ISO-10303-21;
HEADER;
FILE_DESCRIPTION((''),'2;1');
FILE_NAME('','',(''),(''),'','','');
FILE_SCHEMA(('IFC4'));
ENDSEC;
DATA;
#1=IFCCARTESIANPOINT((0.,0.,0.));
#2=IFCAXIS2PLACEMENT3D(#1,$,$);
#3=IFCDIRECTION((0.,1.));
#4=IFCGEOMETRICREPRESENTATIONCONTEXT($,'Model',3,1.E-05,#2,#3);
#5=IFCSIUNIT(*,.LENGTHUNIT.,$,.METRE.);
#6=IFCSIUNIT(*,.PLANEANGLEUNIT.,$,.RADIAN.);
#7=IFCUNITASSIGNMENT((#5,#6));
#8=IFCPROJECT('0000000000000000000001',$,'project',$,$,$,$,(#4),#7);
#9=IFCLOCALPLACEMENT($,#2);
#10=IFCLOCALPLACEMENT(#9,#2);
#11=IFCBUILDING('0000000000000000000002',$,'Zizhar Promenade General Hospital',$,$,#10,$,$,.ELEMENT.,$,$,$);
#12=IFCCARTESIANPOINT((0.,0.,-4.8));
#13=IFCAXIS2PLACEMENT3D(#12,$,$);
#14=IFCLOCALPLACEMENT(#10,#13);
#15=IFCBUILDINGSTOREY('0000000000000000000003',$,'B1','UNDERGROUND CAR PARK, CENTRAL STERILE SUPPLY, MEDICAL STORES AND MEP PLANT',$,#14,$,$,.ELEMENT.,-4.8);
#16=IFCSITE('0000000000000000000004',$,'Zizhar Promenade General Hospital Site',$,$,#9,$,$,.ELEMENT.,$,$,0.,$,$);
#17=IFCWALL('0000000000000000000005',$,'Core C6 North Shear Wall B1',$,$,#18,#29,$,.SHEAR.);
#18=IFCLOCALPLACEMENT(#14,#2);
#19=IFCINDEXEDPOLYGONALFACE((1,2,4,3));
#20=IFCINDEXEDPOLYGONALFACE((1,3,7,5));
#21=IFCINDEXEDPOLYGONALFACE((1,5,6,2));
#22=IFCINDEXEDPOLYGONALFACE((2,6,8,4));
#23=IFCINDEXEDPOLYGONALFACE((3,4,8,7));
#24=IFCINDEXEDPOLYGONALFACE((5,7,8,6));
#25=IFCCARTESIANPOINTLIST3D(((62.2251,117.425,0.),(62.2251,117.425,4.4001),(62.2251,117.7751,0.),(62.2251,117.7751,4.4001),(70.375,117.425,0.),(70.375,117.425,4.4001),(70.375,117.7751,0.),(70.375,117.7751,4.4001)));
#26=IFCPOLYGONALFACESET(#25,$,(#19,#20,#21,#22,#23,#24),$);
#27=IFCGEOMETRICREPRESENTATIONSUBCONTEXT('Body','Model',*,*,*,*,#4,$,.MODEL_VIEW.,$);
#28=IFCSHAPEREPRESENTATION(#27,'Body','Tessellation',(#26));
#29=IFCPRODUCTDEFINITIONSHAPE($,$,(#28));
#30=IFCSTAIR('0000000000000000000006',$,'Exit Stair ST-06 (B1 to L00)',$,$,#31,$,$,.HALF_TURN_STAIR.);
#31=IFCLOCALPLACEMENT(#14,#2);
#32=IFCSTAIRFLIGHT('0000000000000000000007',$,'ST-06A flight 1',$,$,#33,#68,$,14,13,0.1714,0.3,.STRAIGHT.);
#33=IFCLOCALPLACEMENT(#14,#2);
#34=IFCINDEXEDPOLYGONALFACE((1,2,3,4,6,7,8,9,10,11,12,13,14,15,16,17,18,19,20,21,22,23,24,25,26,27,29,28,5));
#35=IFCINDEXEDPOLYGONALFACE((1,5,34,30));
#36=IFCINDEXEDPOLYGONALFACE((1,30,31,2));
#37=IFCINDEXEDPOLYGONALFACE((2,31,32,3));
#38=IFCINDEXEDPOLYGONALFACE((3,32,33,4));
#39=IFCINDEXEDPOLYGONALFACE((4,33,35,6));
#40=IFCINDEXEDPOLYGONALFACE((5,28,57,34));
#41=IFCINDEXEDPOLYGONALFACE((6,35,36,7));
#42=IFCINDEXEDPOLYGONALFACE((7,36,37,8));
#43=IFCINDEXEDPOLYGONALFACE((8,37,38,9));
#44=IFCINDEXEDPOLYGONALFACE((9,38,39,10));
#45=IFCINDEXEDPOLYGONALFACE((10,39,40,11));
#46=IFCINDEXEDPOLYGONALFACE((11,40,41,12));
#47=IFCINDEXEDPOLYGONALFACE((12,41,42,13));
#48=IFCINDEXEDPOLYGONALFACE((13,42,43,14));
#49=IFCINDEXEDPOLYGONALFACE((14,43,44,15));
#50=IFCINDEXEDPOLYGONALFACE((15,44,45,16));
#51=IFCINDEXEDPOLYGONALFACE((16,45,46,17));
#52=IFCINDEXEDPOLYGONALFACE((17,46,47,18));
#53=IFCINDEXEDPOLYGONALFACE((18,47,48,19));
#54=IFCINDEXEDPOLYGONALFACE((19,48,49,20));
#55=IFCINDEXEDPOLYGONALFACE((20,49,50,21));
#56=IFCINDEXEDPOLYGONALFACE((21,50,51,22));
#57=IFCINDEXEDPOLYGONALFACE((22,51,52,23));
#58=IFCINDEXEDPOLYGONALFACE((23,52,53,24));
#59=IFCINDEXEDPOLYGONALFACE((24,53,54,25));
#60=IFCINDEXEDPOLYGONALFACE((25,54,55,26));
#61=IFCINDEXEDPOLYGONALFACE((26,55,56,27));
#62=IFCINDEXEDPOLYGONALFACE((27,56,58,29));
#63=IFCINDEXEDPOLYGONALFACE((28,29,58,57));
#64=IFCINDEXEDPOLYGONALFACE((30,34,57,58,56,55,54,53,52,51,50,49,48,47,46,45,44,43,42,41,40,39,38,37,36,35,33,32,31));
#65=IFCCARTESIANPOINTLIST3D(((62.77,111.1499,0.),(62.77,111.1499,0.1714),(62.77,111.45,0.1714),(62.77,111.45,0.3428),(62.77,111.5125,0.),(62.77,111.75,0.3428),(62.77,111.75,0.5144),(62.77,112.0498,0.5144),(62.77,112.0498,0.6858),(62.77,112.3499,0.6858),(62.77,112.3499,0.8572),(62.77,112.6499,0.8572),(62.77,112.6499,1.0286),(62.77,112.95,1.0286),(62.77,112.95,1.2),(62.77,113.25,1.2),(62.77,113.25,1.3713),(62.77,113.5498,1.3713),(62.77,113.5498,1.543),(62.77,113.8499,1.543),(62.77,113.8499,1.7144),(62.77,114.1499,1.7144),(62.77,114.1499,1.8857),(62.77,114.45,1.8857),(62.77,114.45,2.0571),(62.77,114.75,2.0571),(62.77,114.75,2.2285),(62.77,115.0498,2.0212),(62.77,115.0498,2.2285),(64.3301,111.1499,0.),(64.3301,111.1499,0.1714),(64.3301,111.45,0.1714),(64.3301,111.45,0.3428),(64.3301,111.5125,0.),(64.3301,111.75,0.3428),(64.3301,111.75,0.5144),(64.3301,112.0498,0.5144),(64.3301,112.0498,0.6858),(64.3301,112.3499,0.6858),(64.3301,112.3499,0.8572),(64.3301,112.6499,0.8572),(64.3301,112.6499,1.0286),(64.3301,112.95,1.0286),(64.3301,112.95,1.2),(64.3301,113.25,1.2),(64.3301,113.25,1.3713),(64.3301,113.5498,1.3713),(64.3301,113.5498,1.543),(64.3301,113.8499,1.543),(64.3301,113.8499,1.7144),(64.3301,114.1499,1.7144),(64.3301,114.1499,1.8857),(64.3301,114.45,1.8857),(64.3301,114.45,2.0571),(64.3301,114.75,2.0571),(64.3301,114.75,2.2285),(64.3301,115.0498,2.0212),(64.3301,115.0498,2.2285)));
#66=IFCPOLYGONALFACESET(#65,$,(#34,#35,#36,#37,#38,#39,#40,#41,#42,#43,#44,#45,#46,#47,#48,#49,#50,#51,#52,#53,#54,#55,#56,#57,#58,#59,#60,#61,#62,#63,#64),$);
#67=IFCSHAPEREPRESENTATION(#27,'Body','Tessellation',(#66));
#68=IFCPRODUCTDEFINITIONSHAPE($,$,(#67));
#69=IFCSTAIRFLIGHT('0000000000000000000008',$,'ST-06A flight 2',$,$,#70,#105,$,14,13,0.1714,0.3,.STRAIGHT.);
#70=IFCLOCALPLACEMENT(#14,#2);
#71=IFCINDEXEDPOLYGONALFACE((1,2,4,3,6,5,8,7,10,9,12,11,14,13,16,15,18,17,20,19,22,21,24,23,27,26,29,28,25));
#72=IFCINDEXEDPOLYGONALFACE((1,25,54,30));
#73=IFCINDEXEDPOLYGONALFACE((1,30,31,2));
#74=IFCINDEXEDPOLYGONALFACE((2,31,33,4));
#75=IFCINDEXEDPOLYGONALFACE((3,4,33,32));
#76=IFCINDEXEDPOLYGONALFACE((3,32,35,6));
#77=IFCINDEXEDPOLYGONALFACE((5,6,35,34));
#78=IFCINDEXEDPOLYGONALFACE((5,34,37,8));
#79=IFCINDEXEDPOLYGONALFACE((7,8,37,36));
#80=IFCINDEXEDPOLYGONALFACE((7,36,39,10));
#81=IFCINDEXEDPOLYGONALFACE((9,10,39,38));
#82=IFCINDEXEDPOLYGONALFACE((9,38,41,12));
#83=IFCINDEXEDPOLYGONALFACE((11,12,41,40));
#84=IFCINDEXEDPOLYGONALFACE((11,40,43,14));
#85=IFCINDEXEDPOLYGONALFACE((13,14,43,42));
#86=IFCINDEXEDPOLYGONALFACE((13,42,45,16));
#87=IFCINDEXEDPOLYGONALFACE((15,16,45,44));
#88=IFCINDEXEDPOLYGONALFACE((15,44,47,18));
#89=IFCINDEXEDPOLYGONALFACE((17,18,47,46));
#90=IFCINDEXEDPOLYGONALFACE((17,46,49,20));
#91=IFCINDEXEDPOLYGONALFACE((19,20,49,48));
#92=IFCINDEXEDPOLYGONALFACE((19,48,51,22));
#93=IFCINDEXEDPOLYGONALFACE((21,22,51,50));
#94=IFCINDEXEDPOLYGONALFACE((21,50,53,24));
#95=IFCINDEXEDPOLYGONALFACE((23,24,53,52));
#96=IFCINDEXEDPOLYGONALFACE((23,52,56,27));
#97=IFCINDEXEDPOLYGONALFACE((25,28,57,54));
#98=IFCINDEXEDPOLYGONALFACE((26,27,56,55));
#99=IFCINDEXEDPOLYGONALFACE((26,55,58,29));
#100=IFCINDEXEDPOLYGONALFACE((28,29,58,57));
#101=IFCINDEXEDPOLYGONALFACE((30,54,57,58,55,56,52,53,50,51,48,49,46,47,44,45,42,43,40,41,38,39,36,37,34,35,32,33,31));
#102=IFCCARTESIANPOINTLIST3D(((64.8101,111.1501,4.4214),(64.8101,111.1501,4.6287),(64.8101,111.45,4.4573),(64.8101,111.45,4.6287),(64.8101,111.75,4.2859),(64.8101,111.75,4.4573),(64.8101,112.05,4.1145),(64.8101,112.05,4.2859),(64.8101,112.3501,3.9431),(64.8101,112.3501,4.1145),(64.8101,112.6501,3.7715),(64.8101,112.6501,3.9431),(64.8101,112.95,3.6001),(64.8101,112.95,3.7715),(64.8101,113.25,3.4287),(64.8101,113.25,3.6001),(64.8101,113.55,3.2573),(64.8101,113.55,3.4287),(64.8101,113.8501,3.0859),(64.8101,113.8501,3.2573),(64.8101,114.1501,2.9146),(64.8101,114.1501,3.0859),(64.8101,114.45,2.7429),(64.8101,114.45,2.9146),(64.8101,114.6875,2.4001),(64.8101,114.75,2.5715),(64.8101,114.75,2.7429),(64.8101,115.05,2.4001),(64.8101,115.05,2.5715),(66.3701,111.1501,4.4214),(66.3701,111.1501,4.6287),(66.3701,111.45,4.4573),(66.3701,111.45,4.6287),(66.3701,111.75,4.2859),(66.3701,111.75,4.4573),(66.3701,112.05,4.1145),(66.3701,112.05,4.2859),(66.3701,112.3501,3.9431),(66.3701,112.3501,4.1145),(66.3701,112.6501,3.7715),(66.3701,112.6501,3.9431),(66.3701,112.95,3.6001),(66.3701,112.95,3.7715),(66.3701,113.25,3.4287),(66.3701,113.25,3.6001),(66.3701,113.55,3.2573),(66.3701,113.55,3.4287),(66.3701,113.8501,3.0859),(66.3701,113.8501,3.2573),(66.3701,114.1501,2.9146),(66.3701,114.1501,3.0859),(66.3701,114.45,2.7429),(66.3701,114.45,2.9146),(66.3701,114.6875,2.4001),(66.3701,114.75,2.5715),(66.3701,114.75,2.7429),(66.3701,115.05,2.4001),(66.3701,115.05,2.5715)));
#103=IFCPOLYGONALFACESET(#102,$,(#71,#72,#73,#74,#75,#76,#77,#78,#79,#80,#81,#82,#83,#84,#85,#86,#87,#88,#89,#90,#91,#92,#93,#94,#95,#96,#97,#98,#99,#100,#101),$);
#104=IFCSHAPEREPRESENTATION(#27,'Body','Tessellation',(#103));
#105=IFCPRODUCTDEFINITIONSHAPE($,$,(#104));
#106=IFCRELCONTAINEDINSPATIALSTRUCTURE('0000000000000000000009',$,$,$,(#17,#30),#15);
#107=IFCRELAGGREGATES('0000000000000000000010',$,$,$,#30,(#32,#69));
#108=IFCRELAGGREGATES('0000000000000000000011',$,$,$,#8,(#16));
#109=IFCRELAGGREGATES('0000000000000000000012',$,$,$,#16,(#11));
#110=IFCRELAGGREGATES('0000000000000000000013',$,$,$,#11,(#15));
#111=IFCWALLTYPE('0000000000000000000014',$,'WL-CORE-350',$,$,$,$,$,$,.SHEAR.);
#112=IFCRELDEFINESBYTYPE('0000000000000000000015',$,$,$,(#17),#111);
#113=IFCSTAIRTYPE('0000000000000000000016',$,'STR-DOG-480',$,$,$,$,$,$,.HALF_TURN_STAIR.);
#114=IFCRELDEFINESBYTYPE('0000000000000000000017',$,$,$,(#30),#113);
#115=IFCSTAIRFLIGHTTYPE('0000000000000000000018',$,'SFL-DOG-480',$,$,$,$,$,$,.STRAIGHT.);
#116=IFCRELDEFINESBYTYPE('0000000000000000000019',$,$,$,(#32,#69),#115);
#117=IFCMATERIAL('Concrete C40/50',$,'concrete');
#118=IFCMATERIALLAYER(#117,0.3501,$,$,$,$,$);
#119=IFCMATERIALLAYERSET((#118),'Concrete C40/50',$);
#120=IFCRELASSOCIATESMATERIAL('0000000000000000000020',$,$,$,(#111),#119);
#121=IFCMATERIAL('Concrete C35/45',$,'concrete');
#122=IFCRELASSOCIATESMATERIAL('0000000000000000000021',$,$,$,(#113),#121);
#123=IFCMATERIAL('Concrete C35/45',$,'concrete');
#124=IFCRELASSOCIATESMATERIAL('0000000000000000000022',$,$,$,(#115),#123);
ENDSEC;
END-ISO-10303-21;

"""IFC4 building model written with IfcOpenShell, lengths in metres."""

from ifc_helpers import new_model, si_unit, direction, frame, frame_2d, origin, place, context, subcontext, project, spatial, polyline, rectangle, outline, extrude, material, layer, layer_set, type_object, element, aggregate, save


model = new_model("IFC4")

# Units and contexts
model_context = context("Model", 3, precision=1e-05, world=origin(), true_north=direction((0.0, 1.0)))
body_context = subcontext(model_context, "Body", "Model", "MODEL_VIEW")
ifc_project = project(units=[si_unit("LENGTHUNIT", "METRE"), si_unit("PLANEANGLEUNIT", "RADIAN")], contexts=[model_context])

# Site, building, storey
site_placement = place(None, origin())
site = spatial("IfcSite", under=ifc_project, at=site_placement, Name="Zizhar Promenade General Hospital Site", CompositionType="ELEMENT", RefElevation=0.0)
building_placement = place(site_placement, origin())
building = spatial("IfcBuilding", under=site, at=building_placement, Name="Zizhar Promenade General Hospital", CompositionType="ELEMENT")
storey_placement = place(building_placement, frame((0.0, 0.0, -4.8)))
storey = spatial("IfcBuildingStorey", under=building, at=storey_placement, Name="B1", Description="UNDERGROUND CAR PARK, CENTRAL STERILE SUPPLY, MEDICAL STORES AND MEP PLANT", CompositionType="ELEMENT", Elevation=-4.8)

# Wall
ifc_material_1 = material(Name="Concrete C40/50", Category="concrete")
ifc_layer_1 = layer(ifc_material_1, 0.3501)
ifc_layer_set_1 = layer_set([ifc_layer_1], Name="Concrete C40/50")
wall_type_1 = type_object("IfcWallType", Name="WL-CORE-350", PredefinedType="SHEAR", material=ifc_layer_set_1)
wall_1_placement = place(storey_placement, frame((62.2251, 117.6001, 0.0), z_axis=(0.0, 0.0, 1.0), x_axis=(1.0, 0.0, 0.0)))
element("IfcWall", 1, at=wall_1_placement, inside=storey, type_object=wall_type_1, Name="Core C6 North Shear Wall B1", PredefinedType="SHEAR", context=body_context, shape_type="SweptSolid", body=[
    extrude(rectangle(XDim=8.1499, YDim=0.3501, at=frame_2d((4.075, 0.0))), origin(), (0.0, 0.0, 1.0), 4.4001),
])

# Stair, stair flights
ifc_material_2 = material(Name="Concrete C35/45", Category="concrete")
stair_type = type_object("IfcStairType", Name="STR-DOG-480", PredefinedType="HALF_TURN_STAIR", material=ifc_material_2)
stair_placement = place(storey_placement, origin())
stair = element("IfcStair", 2, at=stair_placement, inside=storey, type_object=stair_type, Name="Exit Stair ST-06 (B1 to L00)", PredefinedType="HALF_TURN_STAIR")
ifc_material_3 = material(Name="Concrete C35/45", Category="concrete")
stair_flight_type = type_object("IfcStairFlightType", Name="SFL-DOG-480", PredefinedType="STRAIGHT", material=ifc_material_3)
stair_flight_1_placement = place(storey_placement, frame((63.55, 111.1499, 0.0), z_axis=(0.0, 0.0, 1.0), x_axis=(0.0, 1.0, 0.0)))
stair_flight_1 = element("IfcStairFlight", 3, at=stair_flight_1_placement, type_object=stair_flight_type, Name="ST-06A flight 1", NumberOfRisers=14, NumberOfTreads=13, PredefinedType="STRAIGHT", RiserHeight=0.1714, TreadLength=0.3, context=body_context, shape_type="SweptSolid", body=[
    extrude(outline(polyline([(0.0, 0.0), (0.0, 0.1714), (0.3, 0.1714), (0.3, 0.3428), (0.6001, 0.3428), (0.6001, 0.5144), (0.8999, 0.5144), (0.8999, 0.6858), (1.2, 0.6858), (1.2, 0.8572), (1.5, 0.8572), (1.5, 1.0286), (1.8, 1.0286), (1.8, 1.2), (2.1001, 1.2), (2.1001, 1.3713), (2.3999, 1.3713), (2.3999, 1.543), (2.7, 1.543), (2.7, 1.7144), (3.0, 1.7144), (3.0, 1.8857), (3.3, 1.8857), (3.3, 2.0571), (3.6001, 2.0571), (3.6001, 2.2285), (3.8999, 2.2285), (3.8999, 2.3999), (3.8999, 2.0212), (0.3625, 0.0), (0.0, 0.0)])), frame((0.0, 0.78, 0.0), z_axis=(0.0, -1.0, 0.0), x_axis=(1.0, 0.0, 0.0)), (0.0, 0.0, 1.0), 1.5601),
])
stair_flight_2_placement = place(storey_placement, frame((65.5901, 115.05, 2.4001), z_axis=(0.0, 0.0, 1.0), x_axis=(0.0, -1.0, 0.0)))
stair_flight_2 = element("IfcStairFlight", 4, at=stair_flight_2_placement, type_object=stair_flight_type, Name="ST-06A flight 2", NumberOfRisers=14, NumberOfTreads=13, PredefinedType="STRAIGHT", RiserHeight=0.1714, TreadLength=0.3, context=body_context, shape_type="SweptSolid", body=[
    extrude(outline(polyline([(0.0, 0.0), (0.0, 0.1714), (0.3, 0.1714), (0.3, 0.3428), (0.6001, 0.3428), (0.6001, 0.5144), (0.8999, 0.5144), (0.8999, 0.6858), (1.2, 0.6858), (1.2, 0.8572), (1.5, 0.8572), (1.5, 1.0286), (1.8, 1.0286), (1.8, 1.2), (2.1001, 1.2), (2.1001, 1.3713), (2.3999, 1.3713), (2.3999, 1.543), (2.7, 1.543), (2.7, 1.7144), (3.0, 1.7144), (3.0, 1.8857), (3.3, 1.8857), (3.3, 2.0571), (3.6001, 2.0571), (3.6001, 2.2285), (3.8999, 2.2285), (3.8999, 2.3999), (3.8999, 2.0212), (0.3625, 0.0), (0.0, 0.0)])), frame((0.0, 0.78, 0.0), z_axis=(0.0, -1.0, 0.0), x_axis=(1.0, 0.0, 0.0)), (0.0, 0.0, 1.0), 1.5601),
])
aggregate(stair, [stair_flight_1, stair_flight_2])

save(model, "model.ifc")
